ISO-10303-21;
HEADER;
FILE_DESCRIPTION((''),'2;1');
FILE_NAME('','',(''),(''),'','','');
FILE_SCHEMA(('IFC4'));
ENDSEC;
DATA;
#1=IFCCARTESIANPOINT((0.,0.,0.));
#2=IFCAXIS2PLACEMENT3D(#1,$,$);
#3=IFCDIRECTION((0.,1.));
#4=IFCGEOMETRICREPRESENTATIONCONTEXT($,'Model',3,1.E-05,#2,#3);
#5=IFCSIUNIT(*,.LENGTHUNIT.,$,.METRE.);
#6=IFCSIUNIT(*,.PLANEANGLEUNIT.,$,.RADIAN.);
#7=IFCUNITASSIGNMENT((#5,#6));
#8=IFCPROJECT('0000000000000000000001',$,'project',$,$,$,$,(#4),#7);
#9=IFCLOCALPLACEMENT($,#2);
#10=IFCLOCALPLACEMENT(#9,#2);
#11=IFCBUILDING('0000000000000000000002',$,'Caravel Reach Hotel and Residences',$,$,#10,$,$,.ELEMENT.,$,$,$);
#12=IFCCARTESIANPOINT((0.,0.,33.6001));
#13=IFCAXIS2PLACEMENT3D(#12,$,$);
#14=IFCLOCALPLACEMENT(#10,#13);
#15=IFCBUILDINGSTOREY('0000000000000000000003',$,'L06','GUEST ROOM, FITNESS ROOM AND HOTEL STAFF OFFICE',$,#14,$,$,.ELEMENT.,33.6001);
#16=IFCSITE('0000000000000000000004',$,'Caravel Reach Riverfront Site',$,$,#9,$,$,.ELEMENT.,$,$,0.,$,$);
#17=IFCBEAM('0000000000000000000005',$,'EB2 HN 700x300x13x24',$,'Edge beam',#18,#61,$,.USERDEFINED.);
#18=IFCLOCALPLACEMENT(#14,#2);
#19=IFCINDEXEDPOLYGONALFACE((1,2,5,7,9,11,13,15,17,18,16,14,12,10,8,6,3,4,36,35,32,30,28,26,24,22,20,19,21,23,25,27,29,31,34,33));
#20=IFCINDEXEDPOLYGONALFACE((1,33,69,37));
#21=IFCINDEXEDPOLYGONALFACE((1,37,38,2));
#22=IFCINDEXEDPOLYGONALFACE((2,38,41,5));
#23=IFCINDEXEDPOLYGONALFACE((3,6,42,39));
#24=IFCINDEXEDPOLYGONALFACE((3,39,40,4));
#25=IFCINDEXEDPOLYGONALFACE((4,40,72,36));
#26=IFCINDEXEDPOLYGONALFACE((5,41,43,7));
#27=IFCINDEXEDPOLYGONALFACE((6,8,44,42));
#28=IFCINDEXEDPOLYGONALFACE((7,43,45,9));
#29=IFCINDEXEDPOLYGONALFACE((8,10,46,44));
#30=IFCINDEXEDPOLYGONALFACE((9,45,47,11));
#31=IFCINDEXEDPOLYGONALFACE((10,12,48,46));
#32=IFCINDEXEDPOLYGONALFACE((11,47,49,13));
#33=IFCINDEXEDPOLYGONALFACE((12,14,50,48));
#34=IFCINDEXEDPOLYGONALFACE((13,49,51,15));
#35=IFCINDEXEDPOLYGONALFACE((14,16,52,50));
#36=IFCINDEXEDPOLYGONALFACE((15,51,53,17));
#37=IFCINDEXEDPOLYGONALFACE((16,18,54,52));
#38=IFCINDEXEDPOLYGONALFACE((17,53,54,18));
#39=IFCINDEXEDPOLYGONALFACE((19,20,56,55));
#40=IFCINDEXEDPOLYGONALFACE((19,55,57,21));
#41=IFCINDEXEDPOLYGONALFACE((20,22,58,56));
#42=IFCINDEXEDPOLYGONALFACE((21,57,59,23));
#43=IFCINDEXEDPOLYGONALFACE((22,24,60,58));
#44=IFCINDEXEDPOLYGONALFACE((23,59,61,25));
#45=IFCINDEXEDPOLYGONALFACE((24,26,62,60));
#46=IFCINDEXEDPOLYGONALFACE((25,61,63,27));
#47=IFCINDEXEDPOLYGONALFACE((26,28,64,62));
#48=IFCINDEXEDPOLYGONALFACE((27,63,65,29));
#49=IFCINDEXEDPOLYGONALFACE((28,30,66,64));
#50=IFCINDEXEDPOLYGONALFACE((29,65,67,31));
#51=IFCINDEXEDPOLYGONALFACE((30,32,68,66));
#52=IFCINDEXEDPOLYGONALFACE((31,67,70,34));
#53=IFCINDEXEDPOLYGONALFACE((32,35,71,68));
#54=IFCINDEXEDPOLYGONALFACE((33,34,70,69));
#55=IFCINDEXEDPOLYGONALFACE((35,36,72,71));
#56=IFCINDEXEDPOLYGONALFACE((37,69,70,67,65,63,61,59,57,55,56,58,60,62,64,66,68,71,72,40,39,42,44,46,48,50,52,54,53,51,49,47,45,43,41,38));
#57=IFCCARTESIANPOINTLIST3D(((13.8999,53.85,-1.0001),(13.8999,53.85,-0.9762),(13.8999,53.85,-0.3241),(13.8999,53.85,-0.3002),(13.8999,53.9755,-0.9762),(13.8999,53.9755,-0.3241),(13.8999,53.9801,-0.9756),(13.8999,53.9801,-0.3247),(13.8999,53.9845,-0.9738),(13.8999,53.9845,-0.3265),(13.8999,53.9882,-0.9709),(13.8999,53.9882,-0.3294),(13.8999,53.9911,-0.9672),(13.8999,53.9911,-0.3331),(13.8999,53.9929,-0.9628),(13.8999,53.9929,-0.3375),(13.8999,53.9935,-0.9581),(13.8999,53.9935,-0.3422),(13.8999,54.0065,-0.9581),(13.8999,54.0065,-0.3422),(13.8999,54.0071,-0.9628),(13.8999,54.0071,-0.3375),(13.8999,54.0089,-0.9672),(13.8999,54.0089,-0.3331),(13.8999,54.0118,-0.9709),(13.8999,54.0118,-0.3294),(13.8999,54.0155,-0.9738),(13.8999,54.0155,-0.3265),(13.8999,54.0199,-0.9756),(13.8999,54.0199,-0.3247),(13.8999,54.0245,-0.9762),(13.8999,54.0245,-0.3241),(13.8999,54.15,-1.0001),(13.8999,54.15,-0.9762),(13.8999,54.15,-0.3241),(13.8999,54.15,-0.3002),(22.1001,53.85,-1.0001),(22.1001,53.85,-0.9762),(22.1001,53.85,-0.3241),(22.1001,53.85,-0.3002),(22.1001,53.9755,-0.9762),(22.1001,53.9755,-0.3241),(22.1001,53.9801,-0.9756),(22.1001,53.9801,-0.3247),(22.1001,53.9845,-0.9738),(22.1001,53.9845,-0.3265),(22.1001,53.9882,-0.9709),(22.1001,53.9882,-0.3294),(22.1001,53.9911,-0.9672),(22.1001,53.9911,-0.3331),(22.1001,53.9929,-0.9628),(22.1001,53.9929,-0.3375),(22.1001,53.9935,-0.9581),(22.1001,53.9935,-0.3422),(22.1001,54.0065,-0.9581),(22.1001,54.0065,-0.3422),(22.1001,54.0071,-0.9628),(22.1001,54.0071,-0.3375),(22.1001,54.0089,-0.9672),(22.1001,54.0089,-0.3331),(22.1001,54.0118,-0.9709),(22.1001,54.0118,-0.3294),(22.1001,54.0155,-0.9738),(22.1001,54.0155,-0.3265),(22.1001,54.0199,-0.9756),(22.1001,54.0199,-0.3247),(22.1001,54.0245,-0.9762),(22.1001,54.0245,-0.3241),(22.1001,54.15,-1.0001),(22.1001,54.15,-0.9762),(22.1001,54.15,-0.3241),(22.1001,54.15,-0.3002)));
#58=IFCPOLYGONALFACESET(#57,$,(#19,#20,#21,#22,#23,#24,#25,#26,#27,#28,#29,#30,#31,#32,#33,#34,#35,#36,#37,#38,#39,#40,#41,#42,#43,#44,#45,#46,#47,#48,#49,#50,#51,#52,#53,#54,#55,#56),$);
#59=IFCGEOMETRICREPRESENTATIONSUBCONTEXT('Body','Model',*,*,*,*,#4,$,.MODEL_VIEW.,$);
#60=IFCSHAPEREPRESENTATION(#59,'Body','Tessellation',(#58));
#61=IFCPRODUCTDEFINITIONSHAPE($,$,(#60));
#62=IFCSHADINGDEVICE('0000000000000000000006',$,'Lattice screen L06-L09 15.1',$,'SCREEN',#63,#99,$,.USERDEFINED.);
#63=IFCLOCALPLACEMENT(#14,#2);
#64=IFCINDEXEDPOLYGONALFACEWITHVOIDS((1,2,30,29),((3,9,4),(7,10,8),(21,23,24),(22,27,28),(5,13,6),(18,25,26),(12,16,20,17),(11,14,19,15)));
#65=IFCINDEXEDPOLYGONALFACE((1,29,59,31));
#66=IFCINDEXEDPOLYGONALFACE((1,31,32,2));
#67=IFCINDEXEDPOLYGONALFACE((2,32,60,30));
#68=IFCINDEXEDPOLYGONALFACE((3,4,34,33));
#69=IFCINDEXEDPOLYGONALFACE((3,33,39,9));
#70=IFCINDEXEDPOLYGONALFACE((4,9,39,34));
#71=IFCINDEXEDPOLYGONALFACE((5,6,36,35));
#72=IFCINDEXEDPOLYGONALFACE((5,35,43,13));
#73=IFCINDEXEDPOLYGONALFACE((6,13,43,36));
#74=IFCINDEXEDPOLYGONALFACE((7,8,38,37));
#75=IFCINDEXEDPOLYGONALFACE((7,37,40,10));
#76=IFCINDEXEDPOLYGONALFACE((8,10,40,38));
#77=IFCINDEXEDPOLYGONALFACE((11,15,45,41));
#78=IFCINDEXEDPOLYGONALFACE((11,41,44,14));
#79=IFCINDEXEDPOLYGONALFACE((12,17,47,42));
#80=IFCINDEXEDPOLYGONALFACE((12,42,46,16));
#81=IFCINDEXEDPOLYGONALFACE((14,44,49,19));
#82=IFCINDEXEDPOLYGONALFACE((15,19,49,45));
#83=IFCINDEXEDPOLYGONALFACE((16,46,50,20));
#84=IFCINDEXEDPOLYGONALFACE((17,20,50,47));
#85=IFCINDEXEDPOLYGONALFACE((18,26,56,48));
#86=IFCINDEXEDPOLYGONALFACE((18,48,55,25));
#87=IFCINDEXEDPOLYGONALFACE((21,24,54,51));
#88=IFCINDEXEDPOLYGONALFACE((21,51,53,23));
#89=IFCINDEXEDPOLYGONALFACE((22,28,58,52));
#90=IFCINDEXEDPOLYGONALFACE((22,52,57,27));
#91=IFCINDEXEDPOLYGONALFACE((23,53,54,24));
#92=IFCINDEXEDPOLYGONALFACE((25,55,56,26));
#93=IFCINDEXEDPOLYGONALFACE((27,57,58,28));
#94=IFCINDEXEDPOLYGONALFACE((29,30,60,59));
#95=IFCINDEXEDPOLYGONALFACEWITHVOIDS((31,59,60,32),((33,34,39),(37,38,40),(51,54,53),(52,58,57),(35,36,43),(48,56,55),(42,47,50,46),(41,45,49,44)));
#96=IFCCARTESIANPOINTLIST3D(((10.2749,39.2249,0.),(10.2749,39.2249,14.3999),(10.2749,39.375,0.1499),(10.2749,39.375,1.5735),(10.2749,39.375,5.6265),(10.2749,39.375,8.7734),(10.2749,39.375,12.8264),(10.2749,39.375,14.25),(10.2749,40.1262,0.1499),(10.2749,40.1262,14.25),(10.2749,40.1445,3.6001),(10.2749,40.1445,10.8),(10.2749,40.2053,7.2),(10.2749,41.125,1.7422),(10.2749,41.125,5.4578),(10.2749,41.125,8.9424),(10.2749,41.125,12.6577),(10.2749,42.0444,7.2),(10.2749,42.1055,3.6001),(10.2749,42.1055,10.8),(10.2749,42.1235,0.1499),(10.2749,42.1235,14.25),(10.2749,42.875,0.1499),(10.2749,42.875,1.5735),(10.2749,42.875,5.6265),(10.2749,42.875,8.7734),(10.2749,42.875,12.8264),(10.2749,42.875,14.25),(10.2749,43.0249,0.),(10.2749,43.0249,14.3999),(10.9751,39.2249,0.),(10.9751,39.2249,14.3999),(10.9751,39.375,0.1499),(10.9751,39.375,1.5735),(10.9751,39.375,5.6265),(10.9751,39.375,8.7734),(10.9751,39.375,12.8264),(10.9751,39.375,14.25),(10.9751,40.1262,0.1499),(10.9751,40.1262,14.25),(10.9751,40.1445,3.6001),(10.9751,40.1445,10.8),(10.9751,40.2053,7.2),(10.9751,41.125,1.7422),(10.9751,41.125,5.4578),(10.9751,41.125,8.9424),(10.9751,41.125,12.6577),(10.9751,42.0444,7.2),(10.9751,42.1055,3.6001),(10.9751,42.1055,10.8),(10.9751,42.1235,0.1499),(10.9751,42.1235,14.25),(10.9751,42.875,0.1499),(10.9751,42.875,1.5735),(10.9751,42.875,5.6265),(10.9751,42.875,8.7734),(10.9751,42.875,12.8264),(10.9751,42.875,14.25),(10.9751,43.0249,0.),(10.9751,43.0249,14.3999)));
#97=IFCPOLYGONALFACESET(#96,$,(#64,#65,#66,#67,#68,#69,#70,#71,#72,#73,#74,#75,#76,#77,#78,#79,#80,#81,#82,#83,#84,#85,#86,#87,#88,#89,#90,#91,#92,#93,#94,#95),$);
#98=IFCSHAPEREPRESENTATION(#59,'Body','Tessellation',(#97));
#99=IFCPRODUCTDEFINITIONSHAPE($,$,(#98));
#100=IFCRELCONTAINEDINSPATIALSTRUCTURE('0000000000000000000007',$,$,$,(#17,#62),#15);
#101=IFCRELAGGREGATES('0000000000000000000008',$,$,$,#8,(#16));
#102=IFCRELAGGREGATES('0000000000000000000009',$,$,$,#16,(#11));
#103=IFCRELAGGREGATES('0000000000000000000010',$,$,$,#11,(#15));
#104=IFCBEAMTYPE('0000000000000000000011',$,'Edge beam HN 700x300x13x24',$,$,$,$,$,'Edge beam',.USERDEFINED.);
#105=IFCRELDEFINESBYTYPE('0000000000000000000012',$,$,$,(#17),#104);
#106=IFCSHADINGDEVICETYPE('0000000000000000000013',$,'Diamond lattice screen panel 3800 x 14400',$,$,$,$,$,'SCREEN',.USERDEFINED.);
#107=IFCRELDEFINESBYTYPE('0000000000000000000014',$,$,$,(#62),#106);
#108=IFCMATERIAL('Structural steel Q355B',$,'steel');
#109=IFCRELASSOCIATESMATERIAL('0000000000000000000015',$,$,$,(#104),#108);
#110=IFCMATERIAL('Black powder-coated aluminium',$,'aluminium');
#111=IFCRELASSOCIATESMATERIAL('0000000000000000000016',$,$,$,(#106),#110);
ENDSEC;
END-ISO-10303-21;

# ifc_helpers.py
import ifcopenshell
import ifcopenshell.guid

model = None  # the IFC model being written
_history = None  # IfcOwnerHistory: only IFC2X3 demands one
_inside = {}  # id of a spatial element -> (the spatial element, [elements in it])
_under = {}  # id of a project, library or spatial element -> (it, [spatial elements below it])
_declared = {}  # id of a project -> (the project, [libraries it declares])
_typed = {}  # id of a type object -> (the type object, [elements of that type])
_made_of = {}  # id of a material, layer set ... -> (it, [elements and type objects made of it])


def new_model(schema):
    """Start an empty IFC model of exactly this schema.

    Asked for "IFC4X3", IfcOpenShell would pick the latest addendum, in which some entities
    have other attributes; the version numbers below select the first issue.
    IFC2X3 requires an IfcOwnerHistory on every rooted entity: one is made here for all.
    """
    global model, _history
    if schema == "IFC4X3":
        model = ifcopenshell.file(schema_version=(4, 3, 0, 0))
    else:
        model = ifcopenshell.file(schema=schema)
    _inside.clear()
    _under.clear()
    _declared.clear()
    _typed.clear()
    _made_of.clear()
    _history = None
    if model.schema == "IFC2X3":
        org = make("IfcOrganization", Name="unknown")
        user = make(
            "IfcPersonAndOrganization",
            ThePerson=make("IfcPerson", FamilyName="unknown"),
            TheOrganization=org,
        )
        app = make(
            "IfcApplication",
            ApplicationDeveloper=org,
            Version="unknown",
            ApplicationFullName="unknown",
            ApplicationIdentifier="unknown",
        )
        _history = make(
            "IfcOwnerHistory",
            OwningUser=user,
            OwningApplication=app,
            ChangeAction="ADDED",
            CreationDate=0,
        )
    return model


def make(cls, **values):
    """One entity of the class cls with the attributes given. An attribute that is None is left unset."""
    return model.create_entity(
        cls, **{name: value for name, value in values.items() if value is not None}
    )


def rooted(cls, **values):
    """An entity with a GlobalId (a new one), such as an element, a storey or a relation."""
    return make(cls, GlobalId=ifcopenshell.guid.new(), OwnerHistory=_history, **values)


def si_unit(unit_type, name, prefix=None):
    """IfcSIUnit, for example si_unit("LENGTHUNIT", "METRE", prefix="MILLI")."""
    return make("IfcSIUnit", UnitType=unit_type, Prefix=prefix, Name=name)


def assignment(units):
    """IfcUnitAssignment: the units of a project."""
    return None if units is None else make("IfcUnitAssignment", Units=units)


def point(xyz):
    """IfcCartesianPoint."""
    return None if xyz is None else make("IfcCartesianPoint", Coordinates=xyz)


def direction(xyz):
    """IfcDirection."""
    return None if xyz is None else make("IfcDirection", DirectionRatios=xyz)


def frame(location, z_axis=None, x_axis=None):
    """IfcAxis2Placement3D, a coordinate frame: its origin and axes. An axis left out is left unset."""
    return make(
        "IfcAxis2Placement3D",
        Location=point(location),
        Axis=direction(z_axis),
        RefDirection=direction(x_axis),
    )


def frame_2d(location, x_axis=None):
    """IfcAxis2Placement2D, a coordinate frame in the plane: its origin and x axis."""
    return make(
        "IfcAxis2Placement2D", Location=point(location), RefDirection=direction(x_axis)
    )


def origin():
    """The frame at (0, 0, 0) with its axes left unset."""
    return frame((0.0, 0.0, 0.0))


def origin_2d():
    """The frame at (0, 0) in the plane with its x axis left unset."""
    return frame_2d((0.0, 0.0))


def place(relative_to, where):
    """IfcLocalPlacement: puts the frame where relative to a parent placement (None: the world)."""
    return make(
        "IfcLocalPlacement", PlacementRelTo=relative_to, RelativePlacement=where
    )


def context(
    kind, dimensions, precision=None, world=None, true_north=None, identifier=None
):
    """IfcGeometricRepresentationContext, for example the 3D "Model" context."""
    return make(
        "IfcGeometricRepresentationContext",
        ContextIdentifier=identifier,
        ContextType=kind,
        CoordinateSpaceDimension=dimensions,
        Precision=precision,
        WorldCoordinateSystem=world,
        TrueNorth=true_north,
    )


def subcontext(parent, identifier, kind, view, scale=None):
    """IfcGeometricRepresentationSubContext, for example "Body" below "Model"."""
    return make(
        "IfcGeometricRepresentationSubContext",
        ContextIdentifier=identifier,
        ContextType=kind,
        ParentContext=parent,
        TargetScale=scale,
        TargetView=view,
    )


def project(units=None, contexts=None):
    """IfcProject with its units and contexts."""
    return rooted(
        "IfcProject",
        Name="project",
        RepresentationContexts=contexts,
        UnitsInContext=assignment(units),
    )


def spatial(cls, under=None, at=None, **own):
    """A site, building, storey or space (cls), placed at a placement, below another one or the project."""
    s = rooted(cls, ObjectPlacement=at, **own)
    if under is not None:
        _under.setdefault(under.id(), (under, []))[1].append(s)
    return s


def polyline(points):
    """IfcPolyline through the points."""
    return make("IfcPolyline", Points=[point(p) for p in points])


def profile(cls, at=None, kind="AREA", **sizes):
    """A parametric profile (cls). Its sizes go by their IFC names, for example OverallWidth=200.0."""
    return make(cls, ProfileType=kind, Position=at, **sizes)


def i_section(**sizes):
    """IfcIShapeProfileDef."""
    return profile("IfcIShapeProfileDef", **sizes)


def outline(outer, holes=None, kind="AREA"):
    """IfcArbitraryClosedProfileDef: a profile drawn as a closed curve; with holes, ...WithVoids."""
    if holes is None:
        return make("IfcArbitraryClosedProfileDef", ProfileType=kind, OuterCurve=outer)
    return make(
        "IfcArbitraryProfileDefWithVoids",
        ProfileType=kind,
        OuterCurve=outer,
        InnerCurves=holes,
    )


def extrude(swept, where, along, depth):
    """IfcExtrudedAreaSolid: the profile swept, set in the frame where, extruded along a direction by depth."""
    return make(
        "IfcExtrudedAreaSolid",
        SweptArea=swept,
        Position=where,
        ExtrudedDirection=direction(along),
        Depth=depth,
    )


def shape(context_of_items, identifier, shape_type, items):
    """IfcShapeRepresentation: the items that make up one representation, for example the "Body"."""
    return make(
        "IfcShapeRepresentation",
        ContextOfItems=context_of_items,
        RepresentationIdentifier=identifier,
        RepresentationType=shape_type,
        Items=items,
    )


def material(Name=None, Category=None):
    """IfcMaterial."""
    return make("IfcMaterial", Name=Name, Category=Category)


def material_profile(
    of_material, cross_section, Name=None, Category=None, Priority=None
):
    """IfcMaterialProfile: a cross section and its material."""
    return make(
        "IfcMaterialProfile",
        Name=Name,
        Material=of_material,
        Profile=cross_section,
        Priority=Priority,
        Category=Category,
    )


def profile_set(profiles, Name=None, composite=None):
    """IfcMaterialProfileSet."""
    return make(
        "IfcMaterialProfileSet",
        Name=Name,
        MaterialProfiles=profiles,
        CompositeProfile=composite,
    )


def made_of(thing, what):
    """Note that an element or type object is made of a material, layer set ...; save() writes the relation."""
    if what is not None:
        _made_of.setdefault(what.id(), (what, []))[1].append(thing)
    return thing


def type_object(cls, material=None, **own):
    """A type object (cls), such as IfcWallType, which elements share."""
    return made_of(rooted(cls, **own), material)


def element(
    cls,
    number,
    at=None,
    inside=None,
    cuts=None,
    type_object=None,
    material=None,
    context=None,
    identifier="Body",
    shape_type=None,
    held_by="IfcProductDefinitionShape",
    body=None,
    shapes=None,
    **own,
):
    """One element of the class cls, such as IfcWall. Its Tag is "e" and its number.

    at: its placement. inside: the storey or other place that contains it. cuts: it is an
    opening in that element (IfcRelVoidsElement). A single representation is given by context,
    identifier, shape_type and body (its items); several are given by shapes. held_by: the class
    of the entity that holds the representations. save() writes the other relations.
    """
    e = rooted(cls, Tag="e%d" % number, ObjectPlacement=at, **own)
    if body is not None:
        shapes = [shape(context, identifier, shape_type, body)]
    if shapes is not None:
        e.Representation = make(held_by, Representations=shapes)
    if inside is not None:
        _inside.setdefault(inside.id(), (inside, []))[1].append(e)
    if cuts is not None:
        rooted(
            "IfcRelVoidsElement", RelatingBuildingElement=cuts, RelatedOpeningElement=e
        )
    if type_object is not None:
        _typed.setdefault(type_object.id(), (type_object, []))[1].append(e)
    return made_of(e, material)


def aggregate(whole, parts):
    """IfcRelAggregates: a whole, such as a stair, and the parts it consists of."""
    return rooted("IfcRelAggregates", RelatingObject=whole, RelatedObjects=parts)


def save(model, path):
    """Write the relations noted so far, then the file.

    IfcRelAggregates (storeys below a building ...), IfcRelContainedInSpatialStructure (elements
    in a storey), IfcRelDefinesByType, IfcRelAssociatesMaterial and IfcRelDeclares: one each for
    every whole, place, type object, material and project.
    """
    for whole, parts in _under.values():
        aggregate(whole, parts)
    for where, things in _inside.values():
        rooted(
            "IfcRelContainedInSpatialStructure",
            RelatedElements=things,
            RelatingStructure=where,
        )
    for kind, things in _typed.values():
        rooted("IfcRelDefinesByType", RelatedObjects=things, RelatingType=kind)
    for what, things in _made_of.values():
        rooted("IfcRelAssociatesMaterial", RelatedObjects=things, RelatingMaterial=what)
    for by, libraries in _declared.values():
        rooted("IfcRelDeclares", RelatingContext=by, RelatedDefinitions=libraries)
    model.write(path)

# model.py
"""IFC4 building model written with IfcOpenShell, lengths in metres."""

from ifc_helpers import new_model, si_unit, direction, frame, origin, origin_2d, place, context, subcontext, project, spatial, polyline, i_section, outline, extrude, material, material_profile, profile_set, type_object, element, save


model = new_model("IFC4")

# Units and contexts
model_context = context("Model", 3, precision=1e-05, world=origin(), true_north=direction((0.0, 1.0)))
body_context = subcontext(model_context, "Body", "Model", "MODEL_VIEW")
ifc_project = project(units=[si_unit("LENGTHUNIT", "METRE"), si_unit("PLANEANGLEUNIT", "RADIAN")], contexts=[model_context])

# Site, building, storey
site_placement = place(None, origin())
site = spatial("IfcSite", under=ifc_project, at=site_placement, Name="Caravel Reach Riverfront Site", CompositionType="ELEMENT", RefElevation=0.0)
building_placement = place(site_placement, origin())
building = spatial("IfcBuilding", under=site, at=building_placement, Name="Caravel Reach Hotel and Residences", CompositionType="ELEMENT")
storey_placement = place(building_placement, frame((0.0, 0.0, 33.6001)))
storey = spatial("IfcBuildingStorey", under=building, at=storey_placement, Name="L06", Description="GUEST ROOM, FITNESS ROOM AND HOTEL STAFF OFFICE", CompositionType="ELEMENT", Elevation=33.6001)

# Beam
ifc_material_1 = material(Name="Structural steel Q355B", Category="steel")
ifc_material_profile = material_profile(ifc_material_1, i_section(OverallWidth=0.3, OverallDepth=0.7, WebThickness=0.0129, FlangeThickness=0.0239, FilletRadius=0.0181, at=origin_2d()), Name="HN 700x300x13x24")
ifc_profile_set = profile_set([ifc_material_profile], Name="Structural steel Q355B")
beam_type = type_object("IfcBeamType", Name="Edge beam HN 700x300x13x24", ElementType="Edge beam", PredefinedType="USERDEFINED", material=ifc_profile_set)
for number, where, z_axis, x_axis, name in (
    (1, (13.8999, 54.0, -0.6501), (1.0, 0.0, 0.0), (0.0, 1.0, 0.0), "EB2 HN 700x300x13x24"),
):
    element("IfcBeam", number, at=place(storey_placement, frame(where, z_axis=z_axis, x_axis=x_axis)), inside=storey, type_object=beam_type, Name=name, ObjectType="Edge beam", PredefinedType="USERDEFINED", context=body_context, shape_type="SweptSolid", body=[
        extrude(i_section(OverallWidth=0.3, OverallDepth=0.7, WebThickness=0.0129, FlangeThickness=0.0239, FilletRadius=0.0181, at=origin_2d()), origin(), (0.0, 0.0, 1.0), 8.2002),
    ])

# Shading device
ifc_material_2 = material(Name="Black powder-coated aluminium", Category="aluminium")
shading_device_type_1 = type_object("IfcShadingDeviceType", Name="Diamond lattice screen panel 3800 x 14400", ElementType="SCREEN", PredefinedType="USERDEFINED", material=ifc_material_2)
shading_device_1_placement = place(storey_placement, frame((10.9751, 43.0249, 0.0), z_axis=(-1.0, 0.0, 0.0), x_axis=(0.0, -1.0, 0.0)))
element("IfcShadingDevice", 2, at=shading_device_1_placement, inside=storey, type_object=shading_device_type_1, Name="Lattice screen L06-L09 15.1", ObjectType="SCREEN", PredefinedType="USERDEFINED", context=body_context, shape_type="SweptSolid", body=[
    extrude(outline(polyline([(0.0, 0.0), (3.8, 0.0), (3.8, 14.3999), (0.0, 14.3999), (0.0, 0.0)]), holes=[polyline([(0.9014, 0.1499), (0.1499, 1.5735), (0.1499, 0.1499), (0.9014, 0.1499)]), polyline([(0.9805, 7.2), (0.1499, 8.7734), (0.1499, 5.6265), (0.9805, 7.2)]), polyline([(0.1499, 12.8264), (0.9014, 14.25), (0.1499, 14.25), (0.1499, 12.8264)]), polyline([(1.8999, 5.4578), (0.9194, 3.6001), (1.8999, 1.7422), (2.8804, 3.6001), (1.8999, 5.4578)]), polyline([(1.8999, 12.6577), (0.9194, 10.8), (1.8999, 8.9424), (2.8804, 10.8), (1.8999, 12.6577)]), polyline([(3.6499, 1.5735), (2.8987, 0.1499), (3.6499, 0.1499), (3.6499, 1.5735)]), polyline([(2.8196, 7.2), (3.6499, 5.6265), (3.6499, 8.7734), (2.8196, 7.2)]), polyline([(2.8987, 14.25), (3.6499, 12.8264), (3.6499, 14.25), (2.8987, 14.25)])]), origin(), (0.0, 0.0, 1.0), 0.7002),
])

save(model, "model.ifc")
